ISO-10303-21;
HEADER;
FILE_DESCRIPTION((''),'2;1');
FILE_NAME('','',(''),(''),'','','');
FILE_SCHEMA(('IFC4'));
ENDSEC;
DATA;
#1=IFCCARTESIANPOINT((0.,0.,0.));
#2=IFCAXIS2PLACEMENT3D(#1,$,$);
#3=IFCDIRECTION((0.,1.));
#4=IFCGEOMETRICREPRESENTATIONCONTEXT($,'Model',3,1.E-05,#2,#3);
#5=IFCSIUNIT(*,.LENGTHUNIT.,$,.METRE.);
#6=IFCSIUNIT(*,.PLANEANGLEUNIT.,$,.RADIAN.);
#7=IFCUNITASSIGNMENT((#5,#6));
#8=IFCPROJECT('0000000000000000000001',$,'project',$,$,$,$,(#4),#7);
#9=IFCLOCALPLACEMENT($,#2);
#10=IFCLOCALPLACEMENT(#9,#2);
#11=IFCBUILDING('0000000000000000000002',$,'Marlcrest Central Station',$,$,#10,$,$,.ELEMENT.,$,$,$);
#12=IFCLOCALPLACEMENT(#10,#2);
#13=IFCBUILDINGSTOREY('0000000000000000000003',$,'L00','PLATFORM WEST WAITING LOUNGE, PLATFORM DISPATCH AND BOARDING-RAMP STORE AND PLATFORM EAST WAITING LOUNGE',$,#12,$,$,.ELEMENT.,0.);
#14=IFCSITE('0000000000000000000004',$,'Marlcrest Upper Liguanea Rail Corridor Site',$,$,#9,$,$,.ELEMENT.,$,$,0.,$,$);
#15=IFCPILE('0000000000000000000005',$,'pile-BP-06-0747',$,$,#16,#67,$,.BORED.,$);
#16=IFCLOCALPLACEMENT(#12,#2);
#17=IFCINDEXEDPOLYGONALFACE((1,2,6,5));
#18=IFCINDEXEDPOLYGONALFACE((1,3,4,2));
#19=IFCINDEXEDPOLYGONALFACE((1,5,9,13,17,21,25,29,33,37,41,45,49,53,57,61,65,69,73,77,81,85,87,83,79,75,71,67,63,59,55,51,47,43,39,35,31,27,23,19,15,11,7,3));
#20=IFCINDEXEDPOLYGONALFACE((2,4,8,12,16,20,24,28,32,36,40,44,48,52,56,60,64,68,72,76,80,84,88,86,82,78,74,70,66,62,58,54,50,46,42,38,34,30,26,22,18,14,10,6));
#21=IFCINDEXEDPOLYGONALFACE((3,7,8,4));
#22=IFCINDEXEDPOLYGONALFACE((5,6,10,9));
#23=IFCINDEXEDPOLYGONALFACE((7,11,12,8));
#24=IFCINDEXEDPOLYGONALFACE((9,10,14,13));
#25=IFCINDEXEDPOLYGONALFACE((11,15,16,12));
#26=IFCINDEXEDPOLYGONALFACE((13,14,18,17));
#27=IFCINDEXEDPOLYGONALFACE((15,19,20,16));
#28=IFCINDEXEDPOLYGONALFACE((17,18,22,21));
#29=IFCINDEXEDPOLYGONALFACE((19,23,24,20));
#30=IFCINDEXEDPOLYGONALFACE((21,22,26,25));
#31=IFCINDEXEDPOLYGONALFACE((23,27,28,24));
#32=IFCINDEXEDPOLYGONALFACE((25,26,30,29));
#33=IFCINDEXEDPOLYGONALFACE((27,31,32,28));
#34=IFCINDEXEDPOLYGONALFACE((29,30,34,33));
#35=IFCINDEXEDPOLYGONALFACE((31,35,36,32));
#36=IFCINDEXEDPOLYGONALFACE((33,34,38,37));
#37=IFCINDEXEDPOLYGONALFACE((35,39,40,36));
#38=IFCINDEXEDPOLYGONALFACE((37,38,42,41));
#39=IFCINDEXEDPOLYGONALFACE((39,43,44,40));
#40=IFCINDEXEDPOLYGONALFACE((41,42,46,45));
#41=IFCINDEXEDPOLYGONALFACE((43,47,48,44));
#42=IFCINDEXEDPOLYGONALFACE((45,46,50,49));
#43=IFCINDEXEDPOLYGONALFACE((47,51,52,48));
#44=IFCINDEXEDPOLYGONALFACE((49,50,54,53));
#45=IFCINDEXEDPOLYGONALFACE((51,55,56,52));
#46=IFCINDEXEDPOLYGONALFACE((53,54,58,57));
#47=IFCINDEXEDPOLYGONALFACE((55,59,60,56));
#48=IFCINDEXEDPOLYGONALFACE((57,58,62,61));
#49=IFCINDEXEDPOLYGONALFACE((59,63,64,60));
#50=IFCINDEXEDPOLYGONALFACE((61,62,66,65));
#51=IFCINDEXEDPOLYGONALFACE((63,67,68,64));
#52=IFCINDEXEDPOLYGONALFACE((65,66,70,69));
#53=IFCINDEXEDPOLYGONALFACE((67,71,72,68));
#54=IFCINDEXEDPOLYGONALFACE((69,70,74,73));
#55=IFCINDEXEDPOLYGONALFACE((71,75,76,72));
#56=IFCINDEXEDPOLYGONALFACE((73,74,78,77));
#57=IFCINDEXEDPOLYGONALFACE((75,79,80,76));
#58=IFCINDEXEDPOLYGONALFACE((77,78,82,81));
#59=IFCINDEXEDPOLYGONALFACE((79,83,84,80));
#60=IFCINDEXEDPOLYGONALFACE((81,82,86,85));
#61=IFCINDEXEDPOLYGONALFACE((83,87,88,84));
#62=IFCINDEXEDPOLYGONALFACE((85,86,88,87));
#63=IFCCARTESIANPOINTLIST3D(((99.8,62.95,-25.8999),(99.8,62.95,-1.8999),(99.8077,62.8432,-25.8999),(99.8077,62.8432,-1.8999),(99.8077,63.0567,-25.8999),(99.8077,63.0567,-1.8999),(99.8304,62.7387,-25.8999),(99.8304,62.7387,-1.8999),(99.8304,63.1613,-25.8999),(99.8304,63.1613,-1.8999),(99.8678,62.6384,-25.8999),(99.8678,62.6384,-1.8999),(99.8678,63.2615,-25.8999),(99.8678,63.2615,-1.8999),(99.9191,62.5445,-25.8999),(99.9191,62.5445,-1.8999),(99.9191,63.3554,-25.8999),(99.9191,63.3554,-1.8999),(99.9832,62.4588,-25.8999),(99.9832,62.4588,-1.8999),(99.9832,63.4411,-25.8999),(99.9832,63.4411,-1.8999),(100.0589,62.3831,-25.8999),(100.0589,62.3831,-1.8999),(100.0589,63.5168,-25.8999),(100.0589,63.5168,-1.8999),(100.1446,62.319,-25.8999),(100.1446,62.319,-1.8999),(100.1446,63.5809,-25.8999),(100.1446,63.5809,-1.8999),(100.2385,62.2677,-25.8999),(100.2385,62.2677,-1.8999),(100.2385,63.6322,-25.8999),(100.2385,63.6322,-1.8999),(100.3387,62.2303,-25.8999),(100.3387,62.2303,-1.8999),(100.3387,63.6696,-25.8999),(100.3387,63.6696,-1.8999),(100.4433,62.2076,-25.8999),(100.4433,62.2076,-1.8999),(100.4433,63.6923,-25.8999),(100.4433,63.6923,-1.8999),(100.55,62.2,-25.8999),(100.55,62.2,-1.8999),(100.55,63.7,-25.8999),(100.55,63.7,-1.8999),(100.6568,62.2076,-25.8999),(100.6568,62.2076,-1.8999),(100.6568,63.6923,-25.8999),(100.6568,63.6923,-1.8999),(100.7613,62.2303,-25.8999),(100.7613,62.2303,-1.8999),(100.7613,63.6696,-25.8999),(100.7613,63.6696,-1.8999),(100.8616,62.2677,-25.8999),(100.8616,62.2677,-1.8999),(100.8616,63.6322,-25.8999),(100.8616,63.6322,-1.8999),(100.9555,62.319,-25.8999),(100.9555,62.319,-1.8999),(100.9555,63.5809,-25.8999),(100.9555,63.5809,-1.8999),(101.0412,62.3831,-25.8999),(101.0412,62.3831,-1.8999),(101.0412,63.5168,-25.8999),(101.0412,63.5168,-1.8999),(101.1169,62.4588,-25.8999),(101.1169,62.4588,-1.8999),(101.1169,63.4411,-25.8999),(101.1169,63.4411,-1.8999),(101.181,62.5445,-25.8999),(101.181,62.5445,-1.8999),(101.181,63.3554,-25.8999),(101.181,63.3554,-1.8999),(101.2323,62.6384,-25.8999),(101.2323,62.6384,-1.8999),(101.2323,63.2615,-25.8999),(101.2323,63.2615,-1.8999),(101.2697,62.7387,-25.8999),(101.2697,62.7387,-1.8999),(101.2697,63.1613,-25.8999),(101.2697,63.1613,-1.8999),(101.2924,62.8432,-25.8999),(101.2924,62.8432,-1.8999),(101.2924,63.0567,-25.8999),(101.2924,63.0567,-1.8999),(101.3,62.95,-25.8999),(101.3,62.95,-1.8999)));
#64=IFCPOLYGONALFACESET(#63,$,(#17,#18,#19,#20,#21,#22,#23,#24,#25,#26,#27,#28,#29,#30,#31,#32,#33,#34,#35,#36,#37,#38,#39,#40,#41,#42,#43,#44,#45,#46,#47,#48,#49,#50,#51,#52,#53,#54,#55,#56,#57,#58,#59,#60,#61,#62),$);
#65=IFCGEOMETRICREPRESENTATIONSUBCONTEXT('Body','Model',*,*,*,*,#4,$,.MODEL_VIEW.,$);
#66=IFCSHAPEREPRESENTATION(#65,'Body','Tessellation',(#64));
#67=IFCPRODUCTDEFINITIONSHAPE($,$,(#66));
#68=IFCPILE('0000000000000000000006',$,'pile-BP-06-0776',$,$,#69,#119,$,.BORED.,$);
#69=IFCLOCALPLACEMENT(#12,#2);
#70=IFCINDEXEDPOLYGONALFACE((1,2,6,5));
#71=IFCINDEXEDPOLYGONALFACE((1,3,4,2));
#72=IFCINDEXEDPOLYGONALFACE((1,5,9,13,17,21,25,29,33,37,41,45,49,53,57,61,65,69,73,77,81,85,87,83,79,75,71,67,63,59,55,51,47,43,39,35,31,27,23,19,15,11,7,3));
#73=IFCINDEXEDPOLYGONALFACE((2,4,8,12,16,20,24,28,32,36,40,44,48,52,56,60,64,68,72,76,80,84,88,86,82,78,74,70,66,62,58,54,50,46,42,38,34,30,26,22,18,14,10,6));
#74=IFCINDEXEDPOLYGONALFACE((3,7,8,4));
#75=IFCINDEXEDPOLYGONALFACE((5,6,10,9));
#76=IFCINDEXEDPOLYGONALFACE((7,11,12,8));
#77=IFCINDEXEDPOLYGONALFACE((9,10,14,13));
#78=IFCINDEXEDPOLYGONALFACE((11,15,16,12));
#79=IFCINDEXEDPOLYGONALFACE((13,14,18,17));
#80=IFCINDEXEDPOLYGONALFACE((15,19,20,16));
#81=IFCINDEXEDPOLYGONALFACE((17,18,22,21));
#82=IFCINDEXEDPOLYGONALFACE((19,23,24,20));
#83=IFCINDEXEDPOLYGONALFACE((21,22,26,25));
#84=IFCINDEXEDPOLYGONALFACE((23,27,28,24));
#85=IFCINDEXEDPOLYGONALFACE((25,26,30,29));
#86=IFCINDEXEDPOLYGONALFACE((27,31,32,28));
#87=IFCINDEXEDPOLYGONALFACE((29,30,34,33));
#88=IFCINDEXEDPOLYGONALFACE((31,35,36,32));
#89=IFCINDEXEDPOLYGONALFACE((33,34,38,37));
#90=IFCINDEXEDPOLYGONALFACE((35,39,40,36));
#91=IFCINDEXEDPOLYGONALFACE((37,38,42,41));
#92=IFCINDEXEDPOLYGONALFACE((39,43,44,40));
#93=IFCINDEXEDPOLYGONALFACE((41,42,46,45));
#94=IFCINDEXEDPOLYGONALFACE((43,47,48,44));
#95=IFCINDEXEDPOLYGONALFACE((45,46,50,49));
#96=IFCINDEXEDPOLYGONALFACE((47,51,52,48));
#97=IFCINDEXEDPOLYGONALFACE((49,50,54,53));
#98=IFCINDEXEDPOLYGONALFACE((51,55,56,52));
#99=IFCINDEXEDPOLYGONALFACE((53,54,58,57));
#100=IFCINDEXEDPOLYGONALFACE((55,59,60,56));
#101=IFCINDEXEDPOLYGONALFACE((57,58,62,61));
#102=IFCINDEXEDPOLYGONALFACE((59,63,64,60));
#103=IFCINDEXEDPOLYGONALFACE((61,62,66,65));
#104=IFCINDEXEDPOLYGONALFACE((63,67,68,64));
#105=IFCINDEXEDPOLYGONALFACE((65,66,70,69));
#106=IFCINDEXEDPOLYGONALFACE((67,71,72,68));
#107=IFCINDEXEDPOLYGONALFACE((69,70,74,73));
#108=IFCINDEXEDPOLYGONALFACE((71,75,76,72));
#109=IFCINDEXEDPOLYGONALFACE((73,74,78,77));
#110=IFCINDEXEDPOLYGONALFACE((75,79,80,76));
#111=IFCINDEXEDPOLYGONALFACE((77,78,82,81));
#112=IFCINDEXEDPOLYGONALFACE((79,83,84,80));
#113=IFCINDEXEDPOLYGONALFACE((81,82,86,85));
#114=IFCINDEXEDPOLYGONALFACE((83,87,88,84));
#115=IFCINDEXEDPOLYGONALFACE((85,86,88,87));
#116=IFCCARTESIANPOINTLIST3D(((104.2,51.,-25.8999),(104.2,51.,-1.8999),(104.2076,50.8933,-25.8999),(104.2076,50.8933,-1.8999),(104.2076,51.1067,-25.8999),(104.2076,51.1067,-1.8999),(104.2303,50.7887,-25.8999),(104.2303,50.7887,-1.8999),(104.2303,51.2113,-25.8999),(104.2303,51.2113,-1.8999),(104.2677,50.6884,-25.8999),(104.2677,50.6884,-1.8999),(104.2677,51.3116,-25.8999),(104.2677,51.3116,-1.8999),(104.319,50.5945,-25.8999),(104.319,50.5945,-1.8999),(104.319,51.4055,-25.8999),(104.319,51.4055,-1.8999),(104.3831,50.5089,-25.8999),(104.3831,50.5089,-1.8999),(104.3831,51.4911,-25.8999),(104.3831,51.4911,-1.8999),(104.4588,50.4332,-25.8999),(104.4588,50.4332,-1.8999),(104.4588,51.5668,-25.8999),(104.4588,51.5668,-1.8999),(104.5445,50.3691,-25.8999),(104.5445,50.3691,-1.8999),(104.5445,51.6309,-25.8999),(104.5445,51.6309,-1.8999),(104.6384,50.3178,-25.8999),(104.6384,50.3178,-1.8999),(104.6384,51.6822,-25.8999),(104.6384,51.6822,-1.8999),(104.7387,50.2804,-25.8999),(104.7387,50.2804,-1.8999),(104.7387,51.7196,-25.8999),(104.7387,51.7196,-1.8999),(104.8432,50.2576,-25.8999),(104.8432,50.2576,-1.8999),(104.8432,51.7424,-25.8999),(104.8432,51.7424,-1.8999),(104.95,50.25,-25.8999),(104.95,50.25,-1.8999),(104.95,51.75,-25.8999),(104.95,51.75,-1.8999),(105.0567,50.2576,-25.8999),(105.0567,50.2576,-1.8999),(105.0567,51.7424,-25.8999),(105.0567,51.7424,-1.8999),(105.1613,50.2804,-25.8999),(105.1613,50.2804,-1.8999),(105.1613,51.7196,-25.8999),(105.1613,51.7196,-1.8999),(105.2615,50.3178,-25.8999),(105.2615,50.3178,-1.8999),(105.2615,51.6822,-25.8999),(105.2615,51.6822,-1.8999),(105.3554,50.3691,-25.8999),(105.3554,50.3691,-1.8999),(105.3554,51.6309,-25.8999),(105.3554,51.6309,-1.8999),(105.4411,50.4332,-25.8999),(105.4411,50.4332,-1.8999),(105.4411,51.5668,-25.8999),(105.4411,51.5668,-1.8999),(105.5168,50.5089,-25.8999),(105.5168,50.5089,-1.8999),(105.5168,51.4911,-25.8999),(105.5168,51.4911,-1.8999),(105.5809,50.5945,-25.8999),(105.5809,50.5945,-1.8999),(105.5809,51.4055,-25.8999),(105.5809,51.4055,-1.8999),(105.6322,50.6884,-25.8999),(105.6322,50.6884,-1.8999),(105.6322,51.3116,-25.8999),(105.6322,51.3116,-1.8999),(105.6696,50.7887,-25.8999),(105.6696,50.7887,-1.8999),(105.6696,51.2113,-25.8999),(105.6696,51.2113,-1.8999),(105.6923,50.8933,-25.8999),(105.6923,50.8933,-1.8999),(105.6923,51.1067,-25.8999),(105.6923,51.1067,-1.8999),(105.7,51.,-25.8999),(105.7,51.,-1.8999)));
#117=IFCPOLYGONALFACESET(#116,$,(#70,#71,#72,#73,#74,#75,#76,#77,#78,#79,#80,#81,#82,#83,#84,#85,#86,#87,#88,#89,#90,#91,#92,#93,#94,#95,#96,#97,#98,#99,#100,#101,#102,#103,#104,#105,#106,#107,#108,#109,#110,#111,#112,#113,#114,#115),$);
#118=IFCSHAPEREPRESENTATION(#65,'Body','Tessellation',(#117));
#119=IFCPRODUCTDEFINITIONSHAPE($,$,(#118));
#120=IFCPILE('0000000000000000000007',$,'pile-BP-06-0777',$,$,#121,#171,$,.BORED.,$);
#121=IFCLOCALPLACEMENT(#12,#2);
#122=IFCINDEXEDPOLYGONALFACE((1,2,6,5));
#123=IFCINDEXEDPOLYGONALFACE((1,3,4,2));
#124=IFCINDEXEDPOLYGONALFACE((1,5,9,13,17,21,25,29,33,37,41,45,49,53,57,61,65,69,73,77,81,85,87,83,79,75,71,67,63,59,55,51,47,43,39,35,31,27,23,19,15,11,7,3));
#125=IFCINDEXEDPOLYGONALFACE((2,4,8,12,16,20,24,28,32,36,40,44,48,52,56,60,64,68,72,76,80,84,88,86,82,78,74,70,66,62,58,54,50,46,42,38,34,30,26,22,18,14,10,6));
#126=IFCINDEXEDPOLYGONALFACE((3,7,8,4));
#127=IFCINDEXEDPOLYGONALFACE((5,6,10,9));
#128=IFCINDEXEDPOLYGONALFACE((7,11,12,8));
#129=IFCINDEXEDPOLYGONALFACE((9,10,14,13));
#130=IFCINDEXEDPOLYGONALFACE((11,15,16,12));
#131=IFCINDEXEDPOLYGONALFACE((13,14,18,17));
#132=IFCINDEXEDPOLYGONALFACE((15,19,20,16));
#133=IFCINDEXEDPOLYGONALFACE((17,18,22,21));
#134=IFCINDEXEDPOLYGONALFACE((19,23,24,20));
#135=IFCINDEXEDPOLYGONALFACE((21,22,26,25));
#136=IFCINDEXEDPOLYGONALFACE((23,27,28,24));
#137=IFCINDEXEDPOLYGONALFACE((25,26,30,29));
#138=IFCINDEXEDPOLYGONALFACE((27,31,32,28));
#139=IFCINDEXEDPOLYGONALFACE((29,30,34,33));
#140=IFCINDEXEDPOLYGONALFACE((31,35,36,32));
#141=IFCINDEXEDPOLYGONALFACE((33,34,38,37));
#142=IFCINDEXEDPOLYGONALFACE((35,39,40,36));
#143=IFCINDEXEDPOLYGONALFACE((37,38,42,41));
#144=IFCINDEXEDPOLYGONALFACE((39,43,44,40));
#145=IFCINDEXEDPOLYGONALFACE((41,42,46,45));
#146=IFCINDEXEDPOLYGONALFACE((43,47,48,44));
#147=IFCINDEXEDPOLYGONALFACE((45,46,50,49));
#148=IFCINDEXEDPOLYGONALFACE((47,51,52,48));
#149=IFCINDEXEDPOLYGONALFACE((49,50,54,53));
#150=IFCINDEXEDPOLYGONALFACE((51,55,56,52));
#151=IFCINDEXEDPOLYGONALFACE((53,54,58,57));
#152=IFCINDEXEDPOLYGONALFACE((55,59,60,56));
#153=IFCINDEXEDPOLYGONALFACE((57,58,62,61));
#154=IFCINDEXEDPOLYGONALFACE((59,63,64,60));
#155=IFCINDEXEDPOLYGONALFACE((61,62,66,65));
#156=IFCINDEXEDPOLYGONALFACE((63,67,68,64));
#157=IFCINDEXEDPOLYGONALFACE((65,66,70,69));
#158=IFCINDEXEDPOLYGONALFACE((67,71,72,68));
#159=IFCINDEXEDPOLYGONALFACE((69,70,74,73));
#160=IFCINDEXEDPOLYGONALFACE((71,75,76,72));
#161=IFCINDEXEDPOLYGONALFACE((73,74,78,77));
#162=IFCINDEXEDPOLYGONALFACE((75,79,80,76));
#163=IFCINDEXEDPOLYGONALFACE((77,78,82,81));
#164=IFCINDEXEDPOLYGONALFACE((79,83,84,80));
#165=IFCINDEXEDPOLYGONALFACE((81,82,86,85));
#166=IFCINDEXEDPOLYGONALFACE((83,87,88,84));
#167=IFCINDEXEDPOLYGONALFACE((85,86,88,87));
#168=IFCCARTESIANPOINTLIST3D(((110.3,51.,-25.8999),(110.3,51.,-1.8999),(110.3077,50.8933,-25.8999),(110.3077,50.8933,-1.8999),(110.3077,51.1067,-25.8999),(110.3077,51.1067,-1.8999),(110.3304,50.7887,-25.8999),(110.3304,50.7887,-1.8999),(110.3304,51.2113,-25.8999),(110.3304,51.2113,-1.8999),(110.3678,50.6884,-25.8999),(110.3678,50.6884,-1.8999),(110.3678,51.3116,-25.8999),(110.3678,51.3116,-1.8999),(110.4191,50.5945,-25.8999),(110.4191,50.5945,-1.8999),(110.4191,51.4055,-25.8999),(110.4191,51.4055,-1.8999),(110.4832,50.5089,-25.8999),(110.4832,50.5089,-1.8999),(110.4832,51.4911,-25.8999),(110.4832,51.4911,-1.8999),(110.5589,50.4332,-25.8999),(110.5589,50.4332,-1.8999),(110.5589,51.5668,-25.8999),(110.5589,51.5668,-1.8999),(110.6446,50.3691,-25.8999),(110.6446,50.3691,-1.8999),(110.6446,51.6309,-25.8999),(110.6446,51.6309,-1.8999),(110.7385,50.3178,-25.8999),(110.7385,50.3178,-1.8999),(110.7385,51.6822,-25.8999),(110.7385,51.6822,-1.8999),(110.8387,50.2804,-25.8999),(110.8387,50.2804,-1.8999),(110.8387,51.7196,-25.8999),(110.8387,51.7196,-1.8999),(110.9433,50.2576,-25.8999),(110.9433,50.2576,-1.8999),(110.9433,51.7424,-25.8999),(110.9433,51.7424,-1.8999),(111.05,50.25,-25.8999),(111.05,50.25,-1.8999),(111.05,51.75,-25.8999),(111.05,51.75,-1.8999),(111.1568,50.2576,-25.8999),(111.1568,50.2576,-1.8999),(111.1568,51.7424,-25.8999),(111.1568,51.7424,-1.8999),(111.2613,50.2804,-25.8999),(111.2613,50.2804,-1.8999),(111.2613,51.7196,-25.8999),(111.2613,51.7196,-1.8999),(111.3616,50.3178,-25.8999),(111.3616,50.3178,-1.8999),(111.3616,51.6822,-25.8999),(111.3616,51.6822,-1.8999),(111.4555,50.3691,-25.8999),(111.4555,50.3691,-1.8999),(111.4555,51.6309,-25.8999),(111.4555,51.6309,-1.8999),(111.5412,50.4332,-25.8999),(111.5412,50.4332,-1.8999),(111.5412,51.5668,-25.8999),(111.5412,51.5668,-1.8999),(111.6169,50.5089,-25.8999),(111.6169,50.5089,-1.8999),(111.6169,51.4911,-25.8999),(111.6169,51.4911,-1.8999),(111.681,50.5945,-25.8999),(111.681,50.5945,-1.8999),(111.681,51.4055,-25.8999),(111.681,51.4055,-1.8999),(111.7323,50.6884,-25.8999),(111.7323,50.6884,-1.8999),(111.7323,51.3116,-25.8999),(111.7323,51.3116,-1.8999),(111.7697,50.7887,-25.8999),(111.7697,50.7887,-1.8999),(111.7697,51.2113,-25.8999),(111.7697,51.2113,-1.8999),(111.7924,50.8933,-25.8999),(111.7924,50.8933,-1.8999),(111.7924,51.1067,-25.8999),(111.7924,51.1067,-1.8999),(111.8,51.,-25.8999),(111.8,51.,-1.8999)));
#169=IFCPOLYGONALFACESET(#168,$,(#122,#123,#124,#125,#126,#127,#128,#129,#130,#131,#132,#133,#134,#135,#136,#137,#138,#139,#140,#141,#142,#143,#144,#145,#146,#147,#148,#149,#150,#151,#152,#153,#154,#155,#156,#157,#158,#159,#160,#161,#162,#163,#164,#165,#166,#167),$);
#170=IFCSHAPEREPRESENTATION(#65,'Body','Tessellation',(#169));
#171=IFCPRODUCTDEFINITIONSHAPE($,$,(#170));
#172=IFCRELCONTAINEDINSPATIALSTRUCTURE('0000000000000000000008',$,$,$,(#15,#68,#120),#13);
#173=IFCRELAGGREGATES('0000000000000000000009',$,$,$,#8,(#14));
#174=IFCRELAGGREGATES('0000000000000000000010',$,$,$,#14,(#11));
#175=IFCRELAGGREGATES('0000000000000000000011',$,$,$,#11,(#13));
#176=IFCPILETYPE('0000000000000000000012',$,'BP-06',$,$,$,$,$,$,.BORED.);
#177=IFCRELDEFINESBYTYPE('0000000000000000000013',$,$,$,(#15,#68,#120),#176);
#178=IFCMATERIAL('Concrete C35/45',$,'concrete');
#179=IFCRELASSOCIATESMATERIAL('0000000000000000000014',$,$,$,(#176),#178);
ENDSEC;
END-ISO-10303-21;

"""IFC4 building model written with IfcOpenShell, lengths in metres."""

from ifc_helpers import new_model, si_unit, direction, frame, origin, origin_2d, place, context, subcontext, project, spatial, circle, extrude, material, material_profile, profile_set, type_object, element, save


model = new_model("IFC4")

# Units and contexts
model_context = context("Model", 3, precision=1e-05, world=origin(), true_north=direction((0.0, 1.0)))
body_context = subcontext(model_context, "Body", "Model", "MODEL_VIEW")
ifc_project = project(units=[si_unit("LENGTHUNIT", "METRE"), si_unit("PLANEANGLEUNIT", "RADIAN")], contexts=[model_context])

# Site, building, storey
site_placement = place(None, origin())
site = spatial("IfcSite", under=ifc_project, at=site_placement, Name="Marlcrest Upper Liguanea Rail Corridor Site", CompositionType="ELEMENT", RefElevation=0.0)
building_placement = place(site_placement, origin())
building = spatial("IfcBuilding", under=site, at=building_placement, Name="Marlcrest Central Station", CompositionType="ELEMENT")
storey_placement = place(building_placement, origin())
storey = spatial("IfcBuildingStorey", under=building, at=storey_placement, Name="L00", Description="PLATFORM WEST WAITING LOUNGE, PLATFORM DISPATCH AND BOARDING-RAMP STORE AND PLATFORM EAST WAITING LOUNGE", CompositionType="ELEMENT", Elevation=0.0)

# Piles
ifc_material_1 = material(Name="Concrete C35/45", Category="concrete")
ifc_material_profile_1 = material_profile(ifc_material_1, circle(Radius=0.75, at=origin_2d()), Name="PILE D1500")
ifc_profile_set_1 = profile_set([ifc_material_profile_1], Name="Concrete C35/45")
pile_type_1 = type_object("IfcPileType", Name="BP-06", PredefinedType="BORED", material=ifc_profile_set_1)
for number, where, z_axis, x_axis, name in (
    (1, (100.55, 62.95, -1.8999), (0.0, 0.0, -1.0), (1.0, 0.0, 0.0), "pile-BP-06-0747"),
    (2, (104.95, 51.0, -1.8999), (0.0, 0.0, -1.0), (1.0, 0.0, 0.0), "pile-BP-06-0776"),
    (3, (111.05, 51.0, -1.8999), (0.0, 0.0, -1.0), (1.0, 0.0, 0.0), "pile-BP-06-0777"),
):
    element("IfcPile", number, at=place(storey_placement, frame(where, z_axis=z_axis, x_axis=x_axis)), inside=storey, type_object=pile_type_1, Name=name, PredefinedType="BORED", context=body_context, shape_type="SweptSolid", body=[
        extrude(circle(Radius=0.75, at=origin_2d()), origin(), (0.0, 0.0, 1.0), 24.0),
    ])

save(model, "model.ifc")
